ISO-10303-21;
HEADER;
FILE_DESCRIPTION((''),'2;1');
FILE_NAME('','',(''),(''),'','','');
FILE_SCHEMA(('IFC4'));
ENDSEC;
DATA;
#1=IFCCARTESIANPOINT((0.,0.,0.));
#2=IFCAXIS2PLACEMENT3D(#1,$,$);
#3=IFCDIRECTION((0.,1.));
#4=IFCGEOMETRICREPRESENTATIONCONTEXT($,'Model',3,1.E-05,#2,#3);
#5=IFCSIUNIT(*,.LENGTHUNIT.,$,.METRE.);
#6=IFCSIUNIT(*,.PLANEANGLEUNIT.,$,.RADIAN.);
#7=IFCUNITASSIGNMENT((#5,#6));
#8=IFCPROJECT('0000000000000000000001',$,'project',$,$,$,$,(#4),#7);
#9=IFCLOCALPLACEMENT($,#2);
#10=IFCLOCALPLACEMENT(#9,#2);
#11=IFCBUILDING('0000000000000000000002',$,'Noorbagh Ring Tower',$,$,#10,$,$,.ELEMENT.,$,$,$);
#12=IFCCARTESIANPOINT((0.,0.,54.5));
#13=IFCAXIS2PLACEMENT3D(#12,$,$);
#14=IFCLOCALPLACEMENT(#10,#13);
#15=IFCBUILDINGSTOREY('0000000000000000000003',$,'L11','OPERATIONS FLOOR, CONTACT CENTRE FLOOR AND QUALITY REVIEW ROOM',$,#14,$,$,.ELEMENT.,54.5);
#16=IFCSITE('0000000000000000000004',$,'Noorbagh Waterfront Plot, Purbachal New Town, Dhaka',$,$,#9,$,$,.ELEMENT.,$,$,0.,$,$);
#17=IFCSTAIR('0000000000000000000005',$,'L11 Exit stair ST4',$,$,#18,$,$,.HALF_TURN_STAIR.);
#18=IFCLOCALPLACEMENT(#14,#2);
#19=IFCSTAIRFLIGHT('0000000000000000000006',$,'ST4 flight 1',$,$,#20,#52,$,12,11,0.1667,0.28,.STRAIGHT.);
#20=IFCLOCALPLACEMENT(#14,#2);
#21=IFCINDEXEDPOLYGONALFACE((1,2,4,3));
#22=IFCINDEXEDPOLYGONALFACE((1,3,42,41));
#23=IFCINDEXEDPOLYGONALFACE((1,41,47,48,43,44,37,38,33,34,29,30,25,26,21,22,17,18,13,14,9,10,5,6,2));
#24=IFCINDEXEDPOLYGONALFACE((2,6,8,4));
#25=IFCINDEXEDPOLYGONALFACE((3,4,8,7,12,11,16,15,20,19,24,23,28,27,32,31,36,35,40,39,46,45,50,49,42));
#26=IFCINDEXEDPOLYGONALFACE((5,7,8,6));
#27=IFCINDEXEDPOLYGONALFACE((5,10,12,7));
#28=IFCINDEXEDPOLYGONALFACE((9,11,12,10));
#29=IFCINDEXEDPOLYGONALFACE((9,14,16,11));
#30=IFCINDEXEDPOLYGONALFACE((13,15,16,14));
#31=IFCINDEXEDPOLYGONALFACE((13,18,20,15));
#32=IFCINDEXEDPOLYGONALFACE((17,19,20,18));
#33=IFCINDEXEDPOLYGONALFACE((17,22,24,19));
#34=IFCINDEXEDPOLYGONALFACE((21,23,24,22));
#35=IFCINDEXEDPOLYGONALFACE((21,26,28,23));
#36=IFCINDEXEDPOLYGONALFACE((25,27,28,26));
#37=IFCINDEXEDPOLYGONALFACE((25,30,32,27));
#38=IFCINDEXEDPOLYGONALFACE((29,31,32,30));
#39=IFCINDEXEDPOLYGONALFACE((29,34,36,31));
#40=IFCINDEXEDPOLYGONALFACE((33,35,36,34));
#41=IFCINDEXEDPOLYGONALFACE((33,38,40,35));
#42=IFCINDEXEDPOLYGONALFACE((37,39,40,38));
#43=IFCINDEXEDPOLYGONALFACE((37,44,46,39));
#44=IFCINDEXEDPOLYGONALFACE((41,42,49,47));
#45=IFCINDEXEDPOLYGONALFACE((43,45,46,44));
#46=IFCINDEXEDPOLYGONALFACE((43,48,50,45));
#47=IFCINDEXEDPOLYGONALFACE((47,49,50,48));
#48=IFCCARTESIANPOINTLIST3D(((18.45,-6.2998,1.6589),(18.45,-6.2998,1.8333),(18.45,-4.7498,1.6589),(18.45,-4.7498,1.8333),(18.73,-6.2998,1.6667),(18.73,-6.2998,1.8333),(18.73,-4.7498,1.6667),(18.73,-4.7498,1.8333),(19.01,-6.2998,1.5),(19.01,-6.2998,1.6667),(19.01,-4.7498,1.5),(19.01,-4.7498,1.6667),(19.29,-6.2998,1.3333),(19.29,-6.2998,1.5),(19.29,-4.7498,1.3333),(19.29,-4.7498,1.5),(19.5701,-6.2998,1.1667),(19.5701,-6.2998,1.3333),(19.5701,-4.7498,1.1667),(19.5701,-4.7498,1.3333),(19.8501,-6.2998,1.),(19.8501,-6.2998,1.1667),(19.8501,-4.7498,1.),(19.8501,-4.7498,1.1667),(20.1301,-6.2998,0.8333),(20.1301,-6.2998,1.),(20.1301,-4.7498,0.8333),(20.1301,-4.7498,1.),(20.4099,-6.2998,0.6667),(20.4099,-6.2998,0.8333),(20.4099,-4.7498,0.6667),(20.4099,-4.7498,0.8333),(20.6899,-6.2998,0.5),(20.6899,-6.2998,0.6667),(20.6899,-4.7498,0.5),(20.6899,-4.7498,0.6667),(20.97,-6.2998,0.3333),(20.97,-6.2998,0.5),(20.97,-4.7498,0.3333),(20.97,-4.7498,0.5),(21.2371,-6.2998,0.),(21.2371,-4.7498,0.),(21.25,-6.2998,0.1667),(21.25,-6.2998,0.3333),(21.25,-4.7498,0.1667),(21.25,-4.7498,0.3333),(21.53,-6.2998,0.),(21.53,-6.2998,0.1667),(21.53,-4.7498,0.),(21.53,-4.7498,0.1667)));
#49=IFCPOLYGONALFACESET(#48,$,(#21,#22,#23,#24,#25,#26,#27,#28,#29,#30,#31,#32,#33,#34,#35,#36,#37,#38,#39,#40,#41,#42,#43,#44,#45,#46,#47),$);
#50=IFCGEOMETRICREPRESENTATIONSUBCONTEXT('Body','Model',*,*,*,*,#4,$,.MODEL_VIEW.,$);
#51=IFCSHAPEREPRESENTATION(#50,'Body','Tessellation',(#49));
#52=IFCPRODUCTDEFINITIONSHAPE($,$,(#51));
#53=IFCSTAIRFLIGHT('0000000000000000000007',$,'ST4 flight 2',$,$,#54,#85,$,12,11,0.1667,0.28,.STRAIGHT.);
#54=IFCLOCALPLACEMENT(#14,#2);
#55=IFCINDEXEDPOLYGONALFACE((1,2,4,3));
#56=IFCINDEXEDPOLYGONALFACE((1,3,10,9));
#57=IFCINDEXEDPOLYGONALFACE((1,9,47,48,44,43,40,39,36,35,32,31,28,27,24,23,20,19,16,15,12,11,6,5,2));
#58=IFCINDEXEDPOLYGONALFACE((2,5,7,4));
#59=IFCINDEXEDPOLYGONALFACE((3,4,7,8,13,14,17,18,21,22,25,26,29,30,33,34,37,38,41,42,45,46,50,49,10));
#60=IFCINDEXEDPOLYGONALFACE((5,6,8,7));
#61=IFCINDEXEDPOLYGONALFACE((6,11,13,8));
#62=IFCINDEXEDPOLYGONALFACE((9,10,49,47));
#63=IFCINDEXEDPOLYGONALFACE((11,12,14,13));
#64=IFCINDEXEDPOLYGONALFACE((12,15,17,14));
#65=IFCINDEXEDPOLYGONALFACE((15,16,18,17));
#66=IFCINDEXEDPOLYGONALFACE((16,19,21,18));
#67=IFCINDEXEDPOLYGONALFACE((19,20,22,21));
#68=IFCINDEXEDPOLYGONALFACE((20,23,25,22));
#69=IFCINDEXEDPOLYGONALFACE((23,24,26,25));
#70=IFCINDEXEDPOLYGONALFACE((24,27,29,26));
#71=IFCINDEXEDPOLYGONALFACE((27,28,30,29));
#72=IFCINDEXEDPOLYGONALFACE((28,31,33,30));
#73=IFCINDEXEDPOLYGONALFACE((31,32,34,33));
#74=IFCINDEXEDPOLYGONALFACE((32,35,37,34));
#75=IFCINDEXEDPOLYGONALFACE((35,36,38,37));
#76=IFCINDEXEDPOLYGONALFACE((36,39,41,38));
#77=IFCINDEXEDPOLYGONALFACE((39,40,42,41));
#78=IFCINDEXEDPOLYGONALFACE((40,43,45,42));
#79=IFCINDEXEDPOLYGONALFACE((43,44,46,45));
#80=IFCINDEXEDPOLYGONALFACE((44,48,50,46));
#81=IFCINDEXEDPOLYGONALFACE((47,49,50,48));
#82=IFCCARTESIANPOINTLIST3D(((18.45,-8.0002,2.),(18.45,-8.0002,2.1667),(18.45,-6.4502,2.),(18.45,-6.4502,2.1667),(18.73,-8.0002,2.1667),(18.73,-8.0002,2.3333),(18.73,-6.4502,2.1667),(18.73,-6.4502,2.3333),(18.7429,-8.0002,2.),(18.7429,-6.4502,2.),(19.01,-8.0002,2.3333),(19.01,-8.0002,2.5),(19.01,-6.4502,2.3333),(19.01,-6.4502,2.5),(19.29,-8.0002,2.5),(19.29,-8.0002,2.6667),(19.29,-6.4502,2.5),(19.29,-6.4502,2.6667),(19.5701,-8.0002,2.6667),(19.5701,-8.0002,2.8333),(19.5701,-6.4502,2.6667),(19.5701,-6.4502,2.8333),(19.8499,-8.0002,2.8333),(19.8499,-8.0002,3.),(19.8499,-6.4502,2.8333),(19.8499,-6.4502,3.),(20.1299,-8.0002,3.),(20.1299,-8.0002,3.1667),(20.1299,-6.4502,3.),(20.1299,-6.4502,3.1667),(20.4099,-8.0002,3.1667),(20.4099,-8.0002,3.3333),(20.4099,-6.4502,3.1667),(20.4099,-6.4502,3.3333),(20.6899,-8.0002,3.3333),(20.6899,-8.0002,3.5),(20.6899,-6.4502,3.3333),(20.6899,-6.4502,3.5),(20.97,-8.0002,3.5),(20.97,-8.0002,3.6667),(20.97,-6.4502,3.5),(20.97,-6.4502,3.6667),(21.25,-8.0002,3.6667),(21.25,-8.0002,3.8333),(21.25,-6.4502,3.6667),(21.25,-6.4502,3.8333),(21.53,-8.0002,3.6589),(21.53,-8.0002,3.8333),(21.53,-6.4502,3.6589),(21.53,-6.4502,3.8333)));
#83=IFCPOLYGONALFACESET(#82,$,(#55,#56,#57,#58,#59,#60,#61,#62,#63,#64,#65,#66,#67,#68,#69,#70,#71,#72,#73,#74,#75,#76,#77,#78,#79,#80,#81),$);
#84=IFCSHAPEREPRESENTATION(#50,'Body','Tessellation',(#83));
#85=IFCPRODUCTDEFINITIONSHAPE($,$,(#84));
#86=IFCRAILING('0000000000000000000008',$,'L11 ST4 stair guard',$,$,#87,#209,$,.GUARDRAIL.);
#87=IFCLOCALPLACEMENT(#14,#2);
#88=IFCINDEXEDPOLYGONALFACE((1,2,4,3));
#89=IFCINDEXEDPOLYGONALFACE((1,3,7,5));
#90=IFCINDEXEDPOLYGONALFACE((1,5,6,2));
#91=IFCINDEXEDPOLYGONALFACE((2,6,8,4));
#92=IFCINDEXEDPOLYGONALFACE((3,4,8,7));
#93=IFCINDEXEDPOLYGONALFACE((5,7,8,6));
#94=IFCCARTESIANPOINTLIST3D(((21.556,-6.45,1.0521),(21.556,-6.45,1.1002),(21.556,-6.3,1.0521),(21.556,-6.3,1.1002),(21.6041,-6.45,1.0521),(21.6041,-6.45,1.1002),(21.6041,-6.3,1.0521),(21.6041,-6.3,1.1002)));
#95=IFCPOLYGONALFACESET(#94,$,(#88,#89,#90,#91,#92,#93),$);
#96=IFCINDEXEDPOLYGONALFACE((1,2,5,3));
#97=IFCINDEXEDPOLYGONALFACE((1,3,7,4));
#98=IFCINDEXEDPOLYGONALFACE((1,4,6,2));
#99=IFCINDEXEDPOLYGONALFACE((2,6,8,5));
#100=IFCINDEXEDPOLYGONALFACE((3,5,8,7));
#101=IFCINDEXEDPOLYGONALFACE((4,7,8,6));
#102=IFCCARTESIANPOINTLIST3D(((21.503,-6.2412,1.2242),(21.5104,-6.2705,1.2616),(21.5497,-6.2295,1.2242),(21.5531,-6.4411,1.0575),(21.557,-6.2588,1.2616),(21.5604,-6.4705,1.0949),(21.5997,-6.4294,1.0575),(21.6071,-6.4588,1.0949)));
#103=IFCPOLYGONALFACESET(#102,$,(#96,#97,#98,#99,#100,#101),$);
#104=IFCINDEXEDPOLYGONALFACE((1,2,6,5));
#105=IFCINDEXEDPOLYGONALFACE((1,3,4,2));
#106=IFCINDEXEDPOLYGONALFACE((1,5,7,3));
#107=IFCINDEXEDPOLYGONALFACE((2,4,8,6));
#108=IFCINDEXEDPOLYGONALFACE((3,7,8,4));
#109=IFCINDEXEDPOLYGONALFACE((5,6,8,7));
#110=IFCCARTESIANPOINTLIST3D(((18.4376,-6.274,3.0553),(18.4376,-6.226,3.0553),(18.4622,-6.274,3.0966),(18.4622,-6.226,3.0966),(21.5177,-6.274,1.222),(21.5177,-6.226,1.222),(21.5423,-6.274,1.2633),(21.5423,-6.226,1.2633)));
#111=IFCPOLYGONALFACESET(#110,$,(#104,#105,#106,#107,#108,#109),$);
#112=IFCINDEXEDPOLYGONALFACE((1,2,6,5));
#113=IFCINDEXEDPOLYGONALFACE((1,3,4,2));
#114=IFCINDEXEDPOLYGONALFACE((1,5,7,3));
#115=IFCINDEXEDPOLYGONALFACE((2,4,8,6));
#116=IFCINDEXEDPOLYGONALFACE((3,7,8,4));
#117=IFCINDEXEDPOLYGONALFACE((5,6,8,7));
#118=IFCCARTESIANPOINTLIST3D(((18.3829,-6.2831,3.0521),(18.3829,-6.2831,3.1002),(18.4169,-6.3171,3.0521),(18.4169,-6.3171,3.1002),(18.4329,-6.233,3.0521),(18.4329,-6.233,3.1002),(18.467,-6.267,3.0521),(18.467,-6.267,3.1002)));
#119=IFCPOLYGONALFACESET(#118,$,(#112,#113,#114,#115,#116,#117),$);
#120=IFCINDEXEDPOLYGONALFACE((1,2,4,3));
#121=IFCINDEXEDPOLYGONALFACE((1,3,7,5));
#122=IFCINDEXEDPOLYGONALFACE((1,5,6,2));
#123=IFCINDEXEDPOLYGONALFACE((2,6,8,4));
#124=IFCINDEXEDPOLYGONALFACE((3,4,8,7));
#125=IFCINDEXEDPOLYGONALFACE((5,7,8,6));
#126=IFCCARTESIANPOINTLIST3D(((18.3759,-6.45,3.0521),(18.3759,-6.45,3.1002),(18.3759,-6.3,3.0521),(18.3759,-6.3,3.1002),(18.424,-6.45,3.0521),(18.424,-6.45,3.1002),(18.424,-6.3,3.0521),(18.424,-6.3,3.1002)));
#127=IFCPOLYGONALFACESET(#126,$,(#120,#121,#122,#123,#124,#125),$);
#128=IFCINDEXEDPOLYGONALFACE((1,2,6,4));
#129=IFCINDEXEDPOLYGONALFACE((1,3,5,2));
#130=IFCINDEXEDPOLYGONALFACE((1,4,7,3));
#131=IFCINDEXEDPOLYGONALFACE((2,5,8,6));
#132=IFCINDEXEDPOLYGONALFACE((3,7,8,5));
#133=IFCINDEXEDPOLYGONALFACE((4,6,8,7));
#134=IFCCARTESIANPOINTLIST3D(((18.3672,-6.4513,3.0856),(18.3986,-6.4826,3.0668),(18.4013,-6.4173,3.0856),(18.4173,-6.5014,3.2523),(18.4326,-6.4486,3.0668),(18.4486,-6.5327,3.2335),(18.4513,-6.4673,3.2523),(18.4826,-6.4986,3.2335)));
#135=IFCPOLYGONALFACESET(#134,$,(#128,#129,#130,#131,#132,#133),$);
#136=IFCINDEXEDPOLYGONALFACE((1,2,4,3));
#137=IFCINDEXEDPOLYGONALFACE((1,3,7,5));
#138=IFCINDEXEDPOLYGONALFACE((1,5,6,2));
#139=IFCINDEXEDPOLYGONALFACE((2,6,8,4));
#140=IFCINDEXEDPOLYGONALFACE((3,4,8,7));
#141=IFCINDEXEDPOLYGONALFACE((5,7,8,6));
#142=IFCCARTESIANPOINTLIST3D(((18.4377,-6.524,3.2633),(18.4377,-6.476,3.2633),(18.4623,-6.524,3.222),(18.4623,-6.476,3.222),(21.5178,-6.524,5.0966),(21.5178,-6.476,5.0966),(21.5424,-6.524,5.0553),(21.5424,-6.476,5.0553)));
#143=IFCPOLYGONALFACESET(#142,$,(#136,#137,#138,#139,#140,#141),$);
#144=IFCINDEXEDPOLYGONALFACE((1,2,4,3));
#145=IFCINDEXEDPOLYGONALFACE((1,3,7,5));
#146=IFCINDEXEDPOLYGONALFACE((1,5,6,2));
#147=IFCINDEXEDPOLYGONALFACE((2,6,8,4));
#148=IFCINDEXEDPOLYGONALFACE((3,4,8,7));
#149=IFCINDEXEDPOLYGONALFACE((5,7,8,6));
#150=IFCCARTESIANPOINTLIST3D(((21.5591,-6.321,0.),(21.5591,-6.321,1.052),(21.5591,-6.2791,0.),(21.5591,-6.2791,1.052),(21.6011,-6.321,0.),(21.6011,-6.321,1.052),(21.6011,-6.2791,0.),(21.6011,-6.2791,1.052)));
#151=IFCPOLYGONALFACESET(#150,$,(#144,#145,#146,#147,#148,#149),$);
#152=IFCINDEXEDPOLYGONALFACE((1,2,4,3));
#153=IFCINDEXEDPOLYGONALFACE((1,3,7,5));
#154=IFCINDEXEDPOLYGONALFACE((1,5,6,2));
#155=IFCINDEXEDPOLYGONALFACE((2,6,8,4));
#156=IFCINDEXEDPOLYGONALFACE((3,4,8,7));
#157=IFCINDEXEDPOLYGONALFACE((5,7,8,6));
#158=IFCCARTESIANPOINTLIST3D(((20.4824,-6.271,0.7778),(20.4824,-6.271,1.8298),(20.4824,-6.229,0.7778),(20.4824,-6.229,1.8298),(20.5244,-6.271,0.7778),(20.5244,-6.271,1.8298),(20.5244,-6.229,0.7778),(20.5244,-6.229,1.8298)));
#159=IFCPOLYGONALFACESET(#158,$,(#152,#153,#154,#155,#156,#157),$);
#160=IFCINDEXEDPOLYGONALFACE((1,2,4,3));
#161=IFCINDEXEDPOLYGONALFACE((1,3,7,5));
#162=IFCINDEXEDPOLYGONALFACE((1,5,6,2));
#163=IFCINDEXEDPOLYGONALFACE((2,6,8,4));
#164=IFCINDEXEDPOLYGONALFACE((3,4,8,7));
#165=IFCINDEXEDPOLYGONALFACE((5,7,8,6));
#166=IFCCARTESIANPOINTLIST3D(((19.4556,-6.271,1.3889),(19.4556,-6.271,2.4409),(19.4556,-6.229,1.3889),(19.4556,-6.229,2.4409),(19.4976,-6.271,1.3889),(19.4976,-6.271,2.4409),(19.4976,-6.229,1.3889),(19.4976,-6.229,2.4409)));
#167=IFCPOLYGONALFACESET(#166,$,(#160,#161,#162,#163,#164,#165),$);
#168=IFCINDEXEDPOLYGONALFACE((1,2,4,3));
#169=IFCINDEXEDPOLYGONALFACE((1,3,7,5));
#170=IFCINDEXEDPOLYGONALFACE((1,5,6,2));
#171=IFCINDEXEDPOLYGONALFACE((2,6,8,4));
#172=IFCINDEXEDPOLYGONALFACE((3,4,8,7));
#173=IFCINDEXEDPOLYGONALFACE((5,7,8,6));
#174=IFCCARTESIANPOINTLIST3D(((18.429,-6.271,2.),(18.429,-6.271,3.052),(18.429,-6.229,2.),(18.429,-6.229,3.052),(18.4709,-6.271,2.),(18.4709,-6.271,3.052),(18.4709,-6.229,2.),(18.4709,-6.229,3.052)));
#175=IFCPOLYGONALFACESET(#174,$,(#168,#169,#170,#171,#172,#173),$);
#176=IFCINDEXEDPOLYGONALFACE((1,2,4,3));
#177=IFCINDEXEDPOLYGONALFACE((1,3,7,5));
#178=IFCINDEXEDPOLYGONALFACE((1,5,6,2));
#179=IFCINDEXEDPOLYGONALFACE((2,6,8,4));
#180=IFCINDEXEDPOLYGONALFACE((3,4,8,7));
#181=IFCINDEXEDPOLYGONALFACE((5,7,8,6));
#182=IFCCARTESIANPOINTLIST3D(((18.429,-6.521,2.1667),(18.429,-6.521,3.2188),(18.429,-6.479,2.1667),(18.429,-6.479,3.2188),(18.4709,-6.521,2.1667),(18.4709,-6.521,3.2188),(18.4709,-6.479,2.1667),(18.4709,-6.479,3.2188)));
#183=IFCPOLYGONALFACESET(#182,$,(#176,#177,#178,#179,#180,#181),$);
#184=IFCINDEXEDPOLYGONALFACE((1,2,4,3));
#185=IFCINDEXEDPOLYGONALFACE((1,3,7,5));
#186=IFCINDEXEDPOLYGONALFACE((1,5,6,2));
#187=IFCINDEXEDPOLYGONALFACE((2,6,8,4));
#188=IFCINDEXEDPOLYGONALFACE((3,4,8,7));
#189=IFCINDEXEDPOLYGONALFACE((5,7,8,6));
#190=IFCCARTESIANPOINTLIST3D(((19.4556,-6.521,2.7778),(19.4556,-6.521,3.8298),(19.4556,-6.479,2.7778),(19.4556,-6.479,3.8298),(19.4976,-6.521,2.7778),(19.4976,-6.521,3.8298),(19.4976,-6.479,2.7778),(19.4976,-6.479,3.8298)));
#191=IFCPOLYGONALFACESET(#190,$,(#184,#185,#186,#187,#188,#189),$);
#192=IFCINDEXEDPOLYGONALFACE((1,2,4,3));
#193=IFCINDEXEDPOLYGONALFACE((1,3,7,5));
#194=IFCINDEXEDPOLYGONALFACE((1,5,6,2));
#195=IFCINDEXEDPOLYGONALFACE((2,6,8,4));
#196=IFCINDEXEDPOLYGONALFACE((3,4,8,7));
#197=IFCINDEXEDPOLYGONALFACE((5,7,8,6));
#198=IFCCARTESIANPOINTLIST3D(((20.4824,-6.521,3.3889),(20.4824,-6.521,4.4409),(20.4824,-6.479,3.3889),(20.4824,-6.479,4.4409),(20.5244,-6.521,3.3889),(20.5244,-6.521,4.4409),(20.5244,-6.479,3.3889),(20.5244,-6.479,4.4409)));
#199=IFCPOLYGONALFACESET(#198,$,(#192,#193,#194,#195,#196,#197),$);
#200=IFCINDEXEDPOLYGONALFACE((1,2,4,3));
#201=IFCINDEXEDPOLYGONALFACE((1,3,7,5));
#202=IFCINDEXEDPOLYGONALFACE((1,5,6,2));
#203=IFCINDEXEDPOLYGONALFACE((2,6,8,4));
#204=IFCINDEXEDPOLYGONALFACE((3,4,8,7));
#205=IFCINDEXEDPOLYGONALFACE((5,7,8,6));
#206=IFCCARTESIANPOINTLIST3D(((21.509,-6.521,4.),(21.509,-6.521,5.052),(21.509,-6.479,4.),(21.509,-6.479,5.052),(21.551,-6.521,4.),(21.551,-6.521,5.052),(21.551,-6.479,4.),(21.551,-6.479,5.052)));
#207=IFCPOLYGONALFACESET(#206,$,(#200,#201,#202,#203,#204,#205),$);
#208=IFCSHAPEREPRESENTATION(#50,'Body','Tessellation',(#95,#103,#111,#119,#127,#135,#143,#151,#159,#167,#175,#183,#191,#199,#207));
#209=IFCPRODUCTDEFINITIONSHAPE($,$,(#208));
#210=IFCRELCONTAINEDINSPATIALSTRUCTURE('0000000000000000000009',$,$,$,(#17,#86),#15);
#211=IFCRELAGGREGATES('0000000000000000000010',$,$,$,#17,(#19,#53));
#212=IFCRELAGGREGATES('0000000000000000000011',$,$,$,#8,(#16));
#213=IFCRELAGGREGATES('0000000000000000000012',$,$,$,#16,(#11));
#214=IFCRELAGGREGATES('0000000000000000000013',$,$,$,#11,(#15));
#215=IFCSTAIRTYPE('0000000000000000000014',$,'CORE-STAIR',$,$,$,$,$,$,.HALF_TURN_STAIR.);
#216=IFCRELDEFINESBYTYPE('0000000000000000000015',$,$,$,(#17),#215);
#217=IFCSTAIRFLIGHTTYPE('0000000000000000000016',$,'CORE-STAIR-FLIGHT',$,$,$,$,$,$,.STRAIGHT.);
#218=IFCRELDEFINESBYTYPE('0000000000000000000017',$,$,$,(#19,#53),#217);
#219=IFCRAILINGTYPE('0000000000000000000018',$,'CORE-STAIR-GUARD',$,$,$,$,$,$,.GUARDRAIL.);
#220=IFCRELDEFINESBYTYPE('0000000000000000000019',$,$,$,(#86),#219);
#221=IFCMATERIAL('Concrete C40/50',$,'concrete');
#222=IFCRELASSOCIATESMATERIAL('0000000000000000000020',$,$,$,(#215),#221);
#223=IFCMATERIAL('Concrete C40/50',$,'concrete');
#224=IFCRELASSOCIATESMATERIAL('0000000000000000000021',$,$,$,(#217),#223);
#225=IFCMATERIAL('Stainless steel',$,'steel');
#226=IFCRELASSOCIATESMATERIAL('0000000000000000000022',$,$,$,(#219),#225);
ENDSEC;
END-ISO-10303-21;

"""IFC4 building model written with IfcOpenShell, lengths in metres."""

from ifc_helpers import new_model, si_unit, direction, frame, origin, origin_2d, place, context, subcontext, project, spatial, polyline, rectangle, outline, extrude, material, type_object, element, aggregate, save


model = new_model("IFC4")

# Units and contexts
model_context = context("Model", 3, precision=1e-05, world=origin(), true_north=direction((0.0, 1.0)))
body_context = subcontext(model_context, "Body", "Model", "MODEL_VIEW")
ifc_project = project(units=[si_unit("LENGTHUNIT", "METRE"), si_unit("PLANEANGLEUNIT", "RADIAN")], contexts=[model_context])

# Site, building, storey
site_placement = place(None, origin())
site = spatial("IfcSite", under=ifc_project, at=site_placement, Name="Noorbagh Waterfront Plot, Purbachal New Town, Dhaka", CompositionType="ELEMENT", RefElevation=0.0)
building_placement = place(site_placement, origin())
building = spatial("IfcBuilding", under=site, at=building_placement, Name="Noorbagh Ring Tower", CompositionType="ELEMENT")
storey_placement = place(building_placement, frame((0.0, 0.0, 54.5)))
storey = spatial("IfcBuildingStorey", under=building, at=storey_placement, Name="L11", Description="OPERATIONS FLOOR, CONTACT CENTRE FLOOR AND QUALITY REVIEW ROOM", CompositionType="ELEMENT", Elevation=54.5)

# Stair, stair flights
ifc_material_1 = material(Name="Concrete C40/50", Category="concrete")
stair_type = type_object("IfcStairType", Name="CORE-STAIR", PredefinedType="HALF_TURN_STAIR", material=ifc_material_1)
stair_placement = place(storey_placement, origin())
stair = element("IfcStair", 1, at=stair_placement, inside=storey, type_object=stair_type, Name="L11 Exit stair ST4", PredefinedType="HALF_TURN_STAIR")
ifc_material_2 = material(Name="Concrete C40/50", Category="concrete")
stair_flight_type = type_object("IfcStairFlightType", Name="CORE-STAIR-FLIGHT", PredefinedType="STRAIGHT", material=ifc_material_2)
stair_flight_1_placement = place(storey_placement, frame((21.53, -5.5249, 0.0), z_axis=(0.0, 0.0, 1.0), x_axis=(-1.0, 0.0, 0.0)))
stair_flight_1 = element("IfcStairFlight", 2, at=stair_flight_1_placement, type_object=stair_flight_type, Name="ST4 flight 1", NumberOfRisers=12, NumberOfTreads=11, PredefinedType="STRAIGHT", RiserHeight=0.1667, TreadLength=0.28, context=body_context, shape_type="SweptSolid", body=[
    extrude(outline(polyline([(0.0, 0.0), (0.0, 0.1667), (0.28, 0.1667), (0.28, 0.3333), (0.5601, 0.3333), (0.5601, 0.5), (0.8401, 0.5), (0.8401, 0.6667), (1.1201, 0.6667), (1.1201, 0.8333), (1.3999, 0.8333), (1.3999, 1.0), (1.6799, 1.0), (1.6799, 1.1667), (1.96, 1.1667), (1.96, 1.3333), (2.24, 1.3333), (2.24, 1.5), (2.52, 1.5), (2.52, 1.6667), (2.8, 1.6667), (2.8, 1.8333), (3.0801, 1.8333), (3.0801, 2.0), (3.0801, 1.6589), (0.293, 0.0), (0.0, 0.0)])), frame((0.0, 0.7749, 0.0), z_axis=(0.0, -1.0, 0.0), x_axis=(1.0, 0.0, 0.0)), (0.0, 0.0, 1.0), 1.55),
])
stair_flight_2_placement = place(storey_placement, frame((18.45, -7.2251, 2.0), z_axis=(0.0, 0.0, 1.0), x_axis=(1.0, 0.0, 0.0)))
stair_flight_2 = element("IfcStairFlight", 3, at=stair_flight_2_placement, type_object=stair_flight_type, Name="ST4 flight 2", NumberOfRisers=12, NumberOfTreads=11, PredefinedType="STRAIGHT", RiserHeight=0.1667, TreadLength=0.28, context=body_context, shape_type="SweptSolid", body=[
    extrude(outline(polyline([(0.0, 0.0), (0.0, 0.1667), (0.28, 0.1667), (0.28, 0.3333), (0.5601, 0.3333), (0.5601, 0.5), (0.8401, 0.5), (0.8401, 0.6667), (1.1201, 0.6667), (1.1201, 0.8333), (1.3999, 0.8333), (1.3999, 1.0), (1.6799, 1.0), (1.6799, 1.1667), (1.96, 1.1667), (1.96, 1.3333), (2.24, 1.3333), (2.24, 1.5), (2.52, 1.5), (2.52, 1.6667), (2.8, 1.6667), (2.8, 1.8333), (3.0801, 1.8333), (3.0801, 2.0), (3.0801, 1.6589), (0.293, 0.0), (0.0, 0.0)])), frame((0.0, 0.7749, 0.0), z_axis=(0.0, -1.0, 0.0), x_axis=(1.0, 0.0, 0.0)), (0.0, 0.0, 1.0), 1.55),
])
aggregate(stair, [stair_flight_1, stair_flight_2])

# Railing
ifc_material_3 = material(Name="Stainless steel", Category="steel")
railing_type_1 = type_object("IfcRailingType", Name="CORE-STAIR-GUARD", PredefinedType="GUARDRAIL", material=ifc_material_3)
railing_1_placement = place(storey_placement, frame((21.5801, -6.3, 0.0)))
element("IfcRailing", 4, at=railing_1_placement, inside=storey, type_object=railing_type_1, Name="L11 ST4 stair guard", PredefinedType="GUARDRAIL", context=body_context, shape_type="SweptSolid", body=[
    extrude(rectangle(XDim=0.0481, YDim=0.0481, at=origin_2d()), frame((0.0, 0.0, 1.0762), z_axis=(0.0, -1.0, 0.0), x_axis=(1.0, 0.0, 0.0)), (0.0, 0.0, 1.0), 0.1499),
    extrude(rectangle(XDim=0.0481, YDim=0.0481, at=origin_2d()), frame((0.0, -0.1499, 1.0762), z_axis=(-0.188776, 0.754182, 0.628946), x_axis=(-0.970073, -0.242814, 0.0)), (0.0, 0.0, 1.0), 0.2651),
    extrude(rectangle(XDim=0.0481, YDim=0.0481, at=origin_2d()), frame((-0.05, 0.05, 1.2427), z_axis=(-0.859309, 0.0, 0.511458), x_axis=(0.0, -1.0, 0.0)), (0.0, 0.0, 1.0), 3.5845),
    extrude(rectangle(XDim=0.0481, YDim=0.0481, at=origin_2d()), frame((-3.1301, 0.05, 3.0762), z_axis=(-0.707107, -0.707107, 0.0), x_axis=(0.707107, -0.707107, 0.0)), (0.0, 0.0, 1.0), 0.0708),
    extrude(rectangle(XDim=0.0481, YDim=0.0481, at=origin_2d()), frame((-3.1802, 0.0, 3.0762), z_axis=(0.0, -1.0, 0.0), x_axis=(1.0, 0.0, 0.0)), (0.0, 0.0, 1.0), 0.1499),
    extrude(rectangle(XDim=0.0481, YDim=0.0481, at=origin_2d()), frame((-3.1802, -0.1499, 3.0762), z_axis=(0.276287, -0.276287, 0.920506), x_axis=(0.707107, 0.707107, 0.0)), (0.0, 0.0, 1.0), 0.1812),
    extrude(rectangle(XDim=0.0481, YDim=0.0481, at=origin_2d()), frame((-3.1301, -0.2, 3.2427), z_axis=(0.859309, 0.0, 0.511458), x_axis=(0.0, 1.0, 0.0)), (0.0, 0.0, 1.0), 3.5845),
    extrude(rectangle(XDim=0.042, YDim=0.042, at=origin_2d()), origin(), (0.0, 0.0, 1.0), 1.052),
    extrude(rectangle(XDim=0.042, YDim=0.042, at=origin_2d()), frame((-1.0767, 0.05, 0.7778)), (0.0, 0.0, 1.0), 1.052),
    extrude(rectangle(XDim=0.042, YDim=0.042, at=origin_2d()), frame((-2.1035, 0.05, 1.3889)), (0.0, 0.0, 1.0), 1.052),
    extrude(rectangle(XDim=0.042, YDim=0.042, at=origin_2d()), frame((-3.1301, 0.05, 2.0)), (0.0, 0.0, 1.0), 1.052),
    extrude(rectangle(XDim=0.042, YDim=0.042, at=origin_2d()), frame((-3.1301, -0.2, 2.1667)), (0.0, 0.0, 1.0), 1.052),
    extrude(rectangle(XDim=0.042, YDim=0.042, at=origin_2d()), frame((-2.1035, -0.2, 2.7778)), (0.0, 0.0, 1.0), 1.052),
    extrude(rectangle(XDim=0.042, YDim=0.042, at=origin_2d()), frame((-1.0767, -0.2, 3.3889)), (0.0, 0.0, 1.0), 1.052),
    extrude(rectangle(XDim=0.042, YDim=0.042, at=origin_2d()), frame((-0.05, -0.2, 4.0)), (0.0, 0.0, 1.0), 1.052),
])

save(model, "model.ifc")
